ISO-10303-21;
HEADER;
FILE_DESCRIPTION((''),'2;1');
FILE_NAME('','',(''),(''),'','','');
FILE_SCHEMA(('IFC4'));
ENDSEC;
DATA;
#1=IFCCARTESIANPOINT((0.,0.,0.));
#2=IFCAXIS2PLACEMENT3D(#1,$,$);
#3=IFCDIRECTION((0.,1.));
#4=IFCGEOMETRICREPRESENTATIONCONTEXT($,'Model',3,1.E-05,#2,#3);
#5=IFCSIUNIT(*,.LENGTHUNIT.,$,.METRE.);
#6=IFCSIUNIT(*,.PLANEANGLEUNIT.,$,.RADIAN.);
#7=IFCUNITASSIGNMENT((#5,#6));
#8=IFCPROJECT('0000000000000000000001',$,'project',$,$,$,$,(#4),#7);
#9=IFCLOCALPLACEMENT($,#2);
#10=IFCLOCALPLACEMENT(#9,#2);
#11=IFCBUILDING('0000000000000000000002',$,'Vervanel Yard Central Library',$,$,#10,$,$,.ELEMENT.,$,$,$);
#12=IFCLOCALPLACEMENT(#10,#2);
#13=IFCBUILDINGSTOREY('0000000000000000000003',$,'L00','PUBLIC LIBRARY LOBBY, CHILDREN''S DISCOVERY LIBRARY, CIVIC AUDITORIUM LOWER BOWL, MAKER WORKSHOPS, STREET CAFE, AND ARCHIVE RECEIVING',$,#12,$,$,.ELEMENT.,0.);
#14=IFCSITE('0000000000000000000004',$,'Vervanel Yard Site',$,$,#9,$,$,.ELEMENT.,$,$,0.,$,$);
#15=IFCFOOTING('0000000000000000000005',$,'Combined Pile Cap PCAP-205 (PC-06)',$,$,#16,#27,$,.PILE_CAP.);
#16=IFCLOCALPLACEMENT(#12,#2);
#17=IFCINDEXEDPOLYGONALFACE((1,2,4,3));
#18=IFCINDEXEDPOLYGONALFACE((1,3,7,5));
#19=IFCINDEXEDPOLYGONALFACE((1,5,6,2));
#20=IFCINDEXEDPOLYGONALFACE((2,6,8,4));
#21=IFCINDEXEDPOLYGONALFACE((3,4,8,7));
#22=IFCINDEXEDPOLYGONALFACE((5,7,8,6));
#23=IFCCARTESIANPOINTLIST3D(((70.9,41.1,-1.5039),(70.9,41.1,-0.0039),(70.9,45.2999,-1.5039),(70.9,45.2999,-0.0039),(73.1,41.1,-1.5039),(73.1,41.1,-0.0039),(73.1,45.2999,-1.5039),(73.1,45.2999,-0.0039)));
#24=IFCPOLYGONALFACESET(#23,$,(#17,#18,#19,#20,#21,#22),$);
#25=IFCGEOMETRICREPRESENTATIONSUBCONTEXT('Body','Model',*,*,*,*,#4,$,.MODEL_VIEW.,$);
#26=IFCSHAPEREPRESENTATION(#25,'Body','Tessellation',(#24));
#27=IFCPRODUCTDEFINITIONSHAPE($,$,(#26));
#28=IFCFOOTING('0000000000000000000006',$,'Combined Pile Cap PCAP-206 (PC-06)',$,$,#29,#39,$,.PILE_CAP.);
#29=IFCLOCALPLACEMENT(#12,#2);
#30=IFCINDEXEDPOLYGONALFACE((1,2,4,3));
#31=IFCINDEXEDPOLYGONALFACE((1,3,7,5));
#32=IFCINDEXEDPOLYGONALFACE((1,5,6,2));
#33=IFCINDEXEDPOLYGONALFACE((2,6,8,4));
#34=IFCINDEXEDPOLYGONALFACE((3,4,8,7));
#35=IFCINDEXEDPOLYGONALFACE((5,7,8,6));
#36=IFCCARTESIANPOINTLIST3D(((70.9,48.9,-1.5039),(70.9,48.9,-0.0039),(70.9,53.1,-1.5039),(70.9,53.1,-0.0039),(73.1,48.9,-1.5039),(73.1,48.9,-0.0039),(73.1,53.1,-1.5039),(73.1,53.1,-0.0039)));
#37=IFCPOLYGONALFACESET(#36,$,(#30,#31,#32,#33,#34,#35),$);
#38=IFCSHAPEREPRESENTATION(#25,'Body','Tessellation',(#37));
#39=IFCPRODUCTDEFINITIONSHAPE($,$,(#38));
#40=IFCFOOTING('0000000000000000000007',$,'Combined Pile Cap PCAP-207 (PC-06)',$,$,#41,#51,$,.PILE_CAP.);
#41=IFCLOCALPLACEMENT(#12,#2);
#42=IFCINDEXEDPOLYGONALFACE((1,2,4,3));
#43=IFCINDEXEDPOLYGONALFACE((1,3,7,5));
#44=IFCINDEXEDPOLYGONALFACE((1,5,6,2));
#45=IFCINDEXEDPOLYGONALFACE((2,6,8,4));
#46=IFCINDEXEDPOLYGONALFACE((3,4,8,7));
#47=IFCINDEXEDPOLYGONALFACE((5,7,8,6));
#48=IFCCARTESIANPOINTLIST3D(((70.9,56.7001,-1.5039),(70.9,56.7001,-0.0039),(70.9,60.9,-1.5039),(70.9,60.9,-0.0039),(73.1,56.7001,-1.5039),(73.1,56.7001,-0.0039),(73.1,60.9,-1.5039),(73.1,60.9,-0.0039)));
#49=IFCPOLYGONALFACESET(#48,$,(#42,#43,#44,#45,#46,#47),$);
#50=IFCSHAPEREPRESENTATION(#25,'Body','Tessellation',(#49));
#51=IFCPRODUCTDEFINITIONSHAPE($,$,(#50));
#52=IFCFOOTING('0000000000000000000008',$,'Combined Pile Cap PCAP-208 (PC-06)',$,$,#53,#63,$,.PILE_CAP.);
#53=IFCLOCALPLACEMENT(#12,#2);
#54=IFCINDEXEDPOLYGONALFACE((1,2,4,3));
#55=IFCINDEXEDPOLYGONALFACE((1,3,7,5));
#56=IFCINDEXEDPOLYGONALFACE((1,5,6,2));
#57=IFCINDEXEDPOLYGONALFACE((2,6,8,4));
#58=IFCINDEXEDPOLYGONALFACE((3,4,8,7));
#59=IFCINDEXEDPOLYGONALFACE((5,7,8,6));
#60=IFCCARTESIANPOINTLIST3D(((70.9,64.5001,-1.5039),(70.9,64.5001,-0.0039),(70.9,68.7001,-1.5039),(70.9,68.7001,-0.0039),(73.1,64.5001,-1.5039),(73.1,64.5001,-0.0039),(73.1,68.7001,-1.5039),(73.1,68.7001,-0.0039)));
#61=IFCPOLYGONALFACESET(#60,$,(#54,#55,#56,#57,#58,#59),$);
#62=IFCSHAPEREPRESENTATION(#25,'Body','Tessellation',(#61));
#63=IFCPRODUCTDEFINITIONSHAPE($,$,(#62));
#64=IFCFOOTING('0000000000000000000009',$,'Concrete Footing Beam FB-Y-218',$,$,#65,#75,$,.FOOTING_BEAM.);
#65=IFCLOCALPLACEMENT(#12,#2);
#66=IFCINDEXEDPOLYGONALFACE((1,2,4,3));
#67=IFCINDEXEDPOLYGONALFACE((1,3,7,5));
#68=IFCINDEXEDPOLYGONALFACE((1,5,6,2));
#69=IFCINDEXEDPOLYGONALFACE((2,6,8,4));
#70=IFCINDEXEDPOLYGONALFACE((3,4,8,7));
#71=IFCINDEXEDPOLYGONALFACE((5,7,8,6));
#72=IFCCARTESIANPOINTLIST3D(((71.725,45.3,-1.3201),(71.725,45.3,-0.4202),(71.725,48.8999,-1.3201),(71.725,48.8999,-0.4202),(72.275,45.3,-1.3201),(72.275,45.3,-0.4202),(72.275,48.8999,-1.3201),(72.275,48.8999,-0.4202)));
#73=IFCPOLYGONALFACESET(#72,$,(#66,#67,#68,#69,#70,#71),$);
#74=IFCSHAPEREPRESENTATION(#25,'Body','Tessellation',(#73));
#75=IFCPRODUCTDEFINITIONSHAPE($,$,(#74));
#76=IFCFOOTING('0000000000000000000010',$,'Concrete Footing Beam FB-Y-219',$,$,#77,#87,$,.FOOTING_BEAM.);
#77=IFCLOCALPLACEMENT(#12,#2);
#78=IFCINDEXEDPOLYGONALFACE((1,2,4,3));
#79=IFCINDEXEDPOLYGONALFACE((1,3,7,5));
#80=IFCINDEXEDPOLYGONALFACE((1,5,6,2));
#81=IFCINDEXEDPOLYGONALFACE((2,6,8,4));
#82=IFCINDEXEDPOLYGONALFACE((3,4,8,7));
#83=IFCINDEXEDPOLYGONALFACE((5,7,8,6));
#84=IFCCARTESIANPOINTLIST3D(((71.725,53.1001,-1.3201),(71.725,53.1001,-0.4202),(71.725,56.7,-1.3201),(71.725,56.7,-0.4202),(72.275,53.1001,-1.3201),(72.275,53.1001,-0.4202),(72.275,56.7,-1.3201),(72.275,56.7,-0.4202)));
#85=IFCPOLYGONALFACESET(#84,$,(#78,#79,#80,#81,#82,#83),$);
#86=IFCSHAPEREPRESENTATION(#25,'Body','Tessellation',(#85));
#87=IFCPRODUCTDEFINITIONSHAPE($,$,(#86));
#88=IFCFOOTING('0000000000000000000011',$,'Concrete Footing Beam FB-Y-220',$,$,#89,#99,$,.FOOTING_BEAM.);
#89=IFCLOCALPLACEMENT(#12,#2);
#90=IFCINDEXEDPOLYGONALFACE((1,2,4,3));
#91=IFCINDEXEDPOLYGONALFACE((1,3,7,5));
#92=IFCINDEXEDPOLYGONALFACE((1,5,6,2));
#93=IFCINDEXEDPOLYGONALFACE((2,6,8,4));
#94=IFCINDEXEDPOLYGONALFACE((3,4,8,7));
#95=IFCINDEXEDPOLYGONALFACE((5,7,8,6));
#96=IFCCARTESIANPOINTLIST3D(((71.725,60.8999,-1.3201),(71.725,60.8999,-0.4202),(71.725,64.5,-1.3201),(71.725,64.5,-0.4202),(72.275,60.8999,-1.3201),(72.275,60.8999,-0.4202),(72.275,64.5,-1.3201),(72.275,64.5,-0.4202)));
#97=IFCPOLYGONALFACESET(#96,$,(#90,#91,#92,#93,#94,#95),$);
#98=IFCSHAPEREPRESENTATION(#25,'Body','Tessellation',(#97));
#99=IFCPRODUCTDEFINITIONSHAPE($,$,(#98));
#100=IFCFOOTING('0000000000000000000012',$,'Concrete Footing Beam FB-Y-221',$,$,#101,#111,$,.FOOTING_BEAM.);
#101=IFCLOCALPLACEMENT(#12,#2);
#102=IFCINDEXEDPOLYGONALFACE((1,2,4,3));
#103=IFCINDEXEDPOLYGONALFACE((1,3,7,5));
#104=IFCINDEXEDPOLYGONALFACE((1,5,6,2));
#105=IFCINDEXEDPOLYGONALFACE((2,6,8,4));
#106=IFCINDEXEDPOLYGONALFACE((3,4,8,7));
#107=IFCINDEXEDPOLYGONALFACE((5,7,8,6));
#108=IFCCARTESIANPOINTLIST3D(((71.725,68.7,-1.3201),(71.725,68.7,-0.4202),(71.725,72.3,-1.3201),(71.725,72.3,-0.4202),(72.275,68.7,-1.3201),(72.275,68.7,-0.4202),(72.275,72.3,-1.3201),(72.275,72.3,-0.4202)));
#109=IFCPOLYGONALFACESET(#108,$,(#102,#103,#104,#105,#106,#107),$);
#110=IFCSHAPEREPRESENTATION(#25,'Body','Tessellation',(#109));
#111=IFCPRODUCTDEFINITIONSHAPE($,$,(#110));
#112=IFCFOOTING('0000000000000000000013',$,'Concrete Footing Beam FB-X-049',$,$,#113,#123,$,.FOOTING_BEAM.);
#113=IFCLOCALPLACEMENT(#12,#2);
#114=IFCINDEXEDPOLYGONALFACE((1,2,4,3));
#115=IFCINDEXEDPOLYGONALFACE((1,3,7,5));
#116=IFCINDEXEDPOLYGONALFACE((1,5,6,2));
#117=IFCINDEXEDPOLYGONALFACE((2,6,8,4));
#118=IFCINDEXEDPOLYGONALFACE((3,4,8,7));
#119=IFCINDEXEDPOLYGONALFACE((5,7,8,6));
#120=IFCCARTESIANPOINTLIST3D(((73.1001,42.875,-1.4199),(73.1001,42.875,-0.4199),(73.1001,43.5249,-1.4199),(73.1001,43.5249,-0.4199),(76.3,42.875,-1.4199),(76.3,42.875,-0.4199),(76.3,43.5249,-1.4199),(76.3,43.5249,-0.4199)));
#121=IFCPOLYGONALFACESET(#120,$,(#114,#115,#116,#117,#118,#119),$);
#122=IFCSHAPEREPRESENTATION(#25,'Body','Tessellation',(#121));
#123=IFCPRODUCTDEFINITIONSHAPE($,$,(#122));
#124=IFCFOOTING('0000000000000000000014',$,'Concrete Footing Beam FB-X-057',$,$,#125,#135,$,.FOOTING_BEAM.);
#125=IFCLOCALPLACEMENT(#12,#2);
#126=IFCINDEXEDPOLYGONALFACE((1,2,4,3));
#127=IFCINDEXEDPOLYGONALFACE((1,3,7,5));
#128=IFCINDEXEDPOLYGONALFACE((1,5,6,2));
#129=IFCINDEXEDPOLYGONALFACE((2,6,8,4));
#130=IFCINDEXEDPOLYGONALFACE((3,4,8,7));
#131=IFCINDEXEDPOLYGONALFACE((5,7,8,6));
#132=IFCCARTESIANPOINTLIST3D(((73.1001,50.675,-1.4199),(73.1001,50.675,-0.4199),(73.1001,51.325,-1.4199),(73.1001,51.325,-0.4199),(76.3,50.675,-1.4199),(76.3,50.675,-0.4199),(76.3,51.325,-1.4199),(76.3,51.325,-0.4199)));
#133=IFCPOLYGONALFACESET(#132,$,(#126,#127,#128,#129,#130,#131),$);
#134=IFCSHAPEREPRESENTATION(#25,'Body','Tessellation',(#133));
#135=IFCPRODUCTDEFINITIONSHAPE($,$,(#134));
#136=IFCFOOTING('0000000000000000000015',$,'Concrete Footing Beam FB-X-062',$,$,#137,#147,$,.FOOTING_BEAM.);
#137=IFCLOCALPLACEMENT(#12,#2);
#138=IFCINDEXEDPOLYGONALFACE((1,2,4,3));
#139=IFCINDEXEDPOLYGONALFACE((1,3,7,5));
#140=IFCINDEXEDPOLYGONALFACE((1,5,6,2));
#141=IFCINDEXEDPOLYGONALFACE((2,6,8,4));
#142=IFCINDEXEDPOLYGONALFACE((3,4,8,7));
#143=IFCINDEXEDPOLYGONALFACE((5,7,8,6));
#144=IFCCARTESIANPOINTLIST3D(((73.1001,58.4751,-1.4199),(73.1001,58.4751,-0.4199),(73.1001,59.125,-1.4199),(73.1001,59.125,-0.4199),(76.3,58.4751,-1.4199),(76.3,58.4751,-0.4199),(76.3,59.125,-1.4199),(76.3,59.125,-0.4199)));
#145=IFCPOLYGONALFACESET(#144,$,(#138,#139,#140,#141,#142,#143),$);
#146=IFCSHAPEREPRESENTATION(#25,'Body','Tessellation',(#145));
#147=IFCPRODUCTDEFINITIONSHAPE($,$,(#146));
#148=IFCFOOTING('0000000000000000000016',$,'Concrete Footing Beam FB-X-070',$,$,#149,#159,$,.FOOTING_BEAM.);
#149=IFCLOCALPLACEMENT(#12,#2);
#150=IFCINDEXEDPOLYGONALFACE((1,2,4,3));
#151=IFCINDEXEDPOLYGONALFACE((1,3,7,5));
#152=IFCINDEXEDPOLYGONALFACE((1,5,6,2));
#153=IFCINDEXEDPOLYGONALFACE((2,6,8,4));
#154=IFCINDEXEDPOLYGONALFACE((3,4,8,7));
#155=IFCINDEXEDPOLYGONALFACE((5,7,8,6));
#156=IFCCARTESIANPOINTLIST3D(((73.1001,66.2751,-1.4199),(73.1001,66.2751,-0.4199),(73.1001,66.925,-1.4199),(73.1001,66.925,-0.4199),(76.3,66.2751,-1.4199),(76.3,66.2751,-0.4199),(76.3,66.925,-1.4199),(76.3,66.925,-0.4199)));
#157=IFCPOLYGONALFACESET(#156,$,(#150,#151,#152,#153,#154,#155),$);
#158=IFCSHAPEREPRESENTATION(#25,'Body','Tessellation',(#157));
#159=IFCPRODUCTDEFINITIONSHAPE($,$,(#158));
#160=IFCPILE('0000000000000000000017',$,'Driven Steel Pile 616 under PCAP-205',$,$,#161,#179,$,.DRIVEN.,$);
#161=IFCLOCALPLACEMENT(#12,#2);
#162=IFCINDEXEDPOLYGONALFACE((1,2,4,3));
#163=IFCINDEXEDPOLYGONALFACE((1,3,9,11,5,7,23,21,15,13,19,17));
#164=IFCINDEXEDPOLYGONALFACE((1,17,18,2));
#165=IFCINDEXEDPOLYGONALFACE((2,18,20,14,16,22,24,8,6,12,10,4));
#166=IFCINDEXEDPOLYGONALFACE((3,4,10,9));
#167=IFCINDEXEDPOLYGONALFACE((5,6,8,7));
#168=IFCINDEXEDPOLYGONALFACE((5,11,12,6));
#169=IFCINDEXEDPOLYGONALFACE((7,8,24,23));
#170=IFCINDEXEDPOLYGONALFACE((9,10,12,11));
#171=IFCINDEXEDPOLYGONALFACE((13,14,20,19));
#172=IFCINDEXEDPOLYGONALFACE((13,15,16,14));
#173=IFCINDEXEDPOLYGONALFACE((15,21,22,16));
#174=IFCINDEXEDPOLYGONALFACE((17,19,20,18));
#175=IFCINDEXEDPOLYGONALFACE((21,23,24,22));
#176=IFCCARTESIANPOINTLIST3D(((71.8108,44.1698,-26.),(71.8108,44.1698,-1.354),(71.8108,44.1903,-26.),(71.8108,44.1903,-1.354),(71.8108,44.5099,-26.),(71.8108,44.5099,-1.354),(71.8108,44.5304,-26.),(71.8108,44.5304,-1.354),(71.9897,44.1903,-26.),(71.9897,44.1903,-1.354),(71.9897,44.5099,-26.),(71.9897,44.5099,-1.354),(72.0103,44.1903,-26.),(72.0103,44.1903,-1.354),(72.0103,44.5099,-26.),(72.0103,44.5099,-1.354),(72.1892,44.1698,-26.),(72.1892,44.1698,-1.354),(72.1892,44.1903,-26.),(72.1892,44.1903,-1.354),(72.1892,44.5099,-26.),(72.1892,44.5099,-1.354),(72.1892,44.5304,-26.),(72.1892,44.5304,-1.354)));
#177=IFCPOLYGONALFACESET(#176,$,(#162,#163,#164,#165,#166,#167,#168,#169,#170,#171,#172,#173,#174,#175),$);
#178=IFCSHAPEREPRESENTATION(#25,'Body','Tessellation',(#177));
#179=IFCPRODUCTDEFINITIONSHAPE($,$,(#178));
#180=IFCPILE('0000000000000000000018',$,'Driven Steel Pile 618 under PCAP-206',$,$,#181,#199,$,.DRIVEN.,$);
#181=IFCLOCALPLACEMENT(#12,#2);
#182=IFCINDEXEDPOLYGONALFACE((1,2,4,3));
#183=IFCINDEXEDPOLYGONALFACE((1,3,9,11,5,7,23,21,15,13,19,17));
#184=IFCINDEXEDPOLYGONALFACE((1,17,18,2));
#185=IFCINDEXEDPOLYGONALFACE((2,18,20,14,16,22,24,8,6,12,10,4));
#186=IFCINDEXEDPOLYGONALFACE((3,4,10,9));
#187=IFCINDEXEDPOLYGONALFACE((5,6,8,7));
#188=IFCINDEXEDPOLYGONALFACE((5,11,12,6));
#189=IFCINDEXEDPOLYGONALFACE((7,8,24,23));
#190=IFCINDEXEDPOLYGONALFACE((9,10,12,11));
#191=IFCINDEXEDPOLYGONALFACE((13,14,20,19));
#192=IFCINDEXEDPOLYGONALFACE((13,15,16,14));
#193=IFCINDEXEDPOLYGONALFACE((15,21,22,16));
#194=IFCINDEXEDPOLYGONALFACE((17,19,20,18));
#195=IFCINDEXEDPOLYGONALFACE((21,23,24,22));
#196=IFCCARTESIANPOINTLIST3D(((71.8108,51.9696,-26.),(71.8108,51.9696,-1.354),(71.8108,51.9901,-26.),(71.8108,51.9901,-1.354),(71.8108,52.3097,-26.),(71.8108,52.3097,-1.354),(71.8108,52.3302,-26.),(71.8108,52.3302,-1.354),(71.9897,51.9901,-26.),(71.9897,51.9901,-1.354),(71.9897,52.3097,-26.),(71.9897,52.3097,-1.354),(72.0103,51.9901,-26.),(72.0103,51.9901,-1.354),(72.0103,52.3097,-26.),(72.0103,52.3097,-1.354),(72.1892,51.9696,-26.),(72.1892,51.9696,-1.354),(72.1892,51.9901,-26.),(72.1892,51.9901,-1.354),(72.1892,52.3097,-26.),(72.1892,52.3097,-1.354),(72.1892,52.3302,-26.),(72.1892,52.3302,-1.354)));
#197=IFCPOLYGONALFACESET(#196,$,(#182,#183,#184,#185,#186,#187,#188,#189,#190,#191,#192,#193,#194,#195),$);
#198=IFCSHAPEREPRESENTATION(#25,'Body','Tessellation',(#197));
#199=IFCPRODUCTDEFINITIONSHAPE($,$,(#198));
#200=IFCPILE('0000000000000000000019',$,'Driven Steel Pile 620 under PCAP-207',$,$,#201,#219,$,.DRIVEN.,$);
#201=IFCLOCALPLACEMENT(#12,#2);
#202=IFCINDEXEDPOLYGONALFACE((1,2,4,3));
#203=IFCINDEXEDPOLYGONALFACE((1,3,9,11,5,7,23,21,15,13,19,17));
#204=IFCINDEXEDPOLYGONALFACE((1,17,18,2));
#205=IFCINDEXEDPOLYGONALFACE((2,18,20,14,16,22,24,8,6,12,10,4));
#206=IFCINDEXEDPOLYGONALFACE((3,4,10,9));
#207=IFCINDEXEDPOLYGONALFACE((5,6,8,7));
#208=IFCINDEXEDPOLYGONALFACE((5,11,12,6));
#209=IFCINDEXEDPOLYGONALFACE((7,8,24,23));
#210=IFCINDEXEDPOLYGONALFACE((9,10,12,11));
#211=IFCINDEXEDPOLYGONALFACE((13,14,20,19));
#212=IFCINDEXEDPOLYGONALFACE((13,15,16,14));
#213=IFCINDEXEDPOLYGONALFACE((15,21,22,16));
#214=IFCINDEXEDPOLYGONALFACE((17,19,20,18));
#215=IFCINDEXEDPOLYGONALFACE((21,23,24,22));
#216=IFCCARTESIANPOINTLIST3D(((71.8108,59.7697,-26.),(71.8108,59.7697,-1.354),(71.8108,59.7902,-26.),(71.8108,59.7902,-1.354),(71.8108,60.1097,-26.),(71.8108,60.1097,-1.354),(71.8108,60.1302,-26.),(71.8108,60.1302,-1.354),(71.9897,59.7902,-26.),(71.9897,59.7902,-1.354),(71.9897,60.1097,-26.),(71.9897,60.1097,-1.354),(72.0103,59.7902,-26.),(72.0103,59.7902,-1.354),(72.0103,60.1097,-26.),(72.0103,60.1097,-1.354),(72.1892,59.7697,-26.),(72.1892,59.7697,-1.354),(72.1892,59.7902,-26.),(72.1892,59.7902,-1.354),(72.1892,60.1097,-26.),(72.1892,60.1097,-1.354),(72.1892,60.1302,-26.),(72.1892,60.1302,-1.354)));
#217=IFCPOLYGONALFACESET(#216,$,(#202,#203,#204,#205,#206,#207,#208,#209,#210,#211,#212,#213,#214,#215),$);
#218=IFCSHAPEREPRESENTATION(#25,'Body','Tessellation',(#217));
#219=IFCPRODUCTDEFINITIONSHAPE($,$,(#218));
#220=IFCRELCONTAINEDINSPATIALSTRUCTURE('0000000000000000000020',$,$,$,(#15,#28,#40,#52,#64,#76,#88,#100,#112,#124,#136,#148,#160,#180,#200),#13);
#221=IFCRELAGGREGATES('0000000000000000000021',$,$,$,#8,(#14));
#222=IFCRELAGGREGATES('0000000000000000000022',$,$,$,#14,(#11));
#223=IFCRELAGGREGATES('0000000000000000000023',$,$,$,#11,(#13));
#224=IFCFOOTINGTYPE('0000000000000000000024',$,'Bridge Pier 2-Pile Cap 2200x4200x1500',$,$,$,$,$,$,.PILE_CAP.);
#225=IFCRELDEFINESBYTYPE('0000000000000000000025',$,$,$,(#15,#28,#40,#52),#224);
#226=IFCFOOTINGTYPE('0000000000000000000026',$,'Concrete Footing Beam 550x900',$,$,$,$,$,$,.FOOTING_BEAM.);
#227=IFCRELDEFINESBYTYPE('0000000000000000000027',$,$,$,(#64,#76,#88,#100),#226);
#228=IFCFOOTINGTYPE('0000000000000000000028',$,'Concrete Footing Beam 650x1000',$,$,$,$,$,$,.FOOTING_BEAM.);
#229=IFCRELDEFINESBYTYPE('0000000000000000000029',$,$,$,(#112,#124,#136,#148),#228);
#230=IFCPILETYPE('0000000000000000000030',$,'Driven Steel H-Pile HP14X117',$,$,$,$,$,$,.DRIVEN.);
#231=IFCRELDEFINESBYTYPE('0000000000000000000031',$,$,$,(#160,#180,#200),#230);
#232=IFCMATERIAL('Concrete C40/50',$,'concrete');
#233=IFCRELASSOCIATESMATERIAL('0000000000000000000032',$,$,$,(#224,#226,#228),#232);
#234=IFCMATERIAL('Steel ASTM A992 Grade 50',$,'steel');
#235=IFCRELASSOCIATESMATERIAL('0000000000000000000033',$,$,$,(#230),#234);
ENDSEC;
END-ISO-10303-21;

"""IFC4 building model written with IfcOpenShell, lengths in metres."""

from ifc_helpers import new_model, si_unit, direction, frame, origin, origin_2d, place, context, subcontext, project, spatial, rectangle, i_section, extrude, material, material_profile, profile_set, type_object, element, save


model = new_model("IFC4")

# Units and contexts
model_context = context("Model", 3, precision=1e-05, world=origin(), true_north=direction((0.0, 1.0)))
body_context = subcontext(model_context, "Body", "Model", "MODEL_VIEW")
ifc_project = project(units=[si_unit("LENGTHUNIT", "METRE"), si_unit("PLANEANGLEUNIT", "RADIAN")], contexts=[model_context])

# Site, building, storey
site_placement = place(None, origin())
site = spatial("IfcSite", under=ifc_project, at=site_placement, Name="Vervanel Yard Site", CompositionType="ELEMENT", RefElevation=0.0)
building_placement = place(site_placement, origin())
building = spatial("IfcBuilding", under=site, at=building_placement, Name="Vervanel Yard Central Library", CompositionType="ELEMENT")
storey_placement = place(building_placement, origin())
storey = spatial("IfcBuildingStorey", under=building, at=storey_placement, Name="L00", Description="PUBLIC LIBRARY LOBBY, CHILDREN'S DISCOVERY LIBRARY, CIVIC AUDITORIUM LOWER BOWL, MAKER WORKSHOPS, STREET CAFE, AND ARCHIVE RECEIVING", CompositionType="ELEMENT", Elevation=0.0)

# Footings
ifc_material_1 = material(Name="Concrete C40/50", Category="concrete")
footing_type_1 = type_object("IfcFootingType", Name="Bridge Pier 2-Pile Cap 2200x4200x1500", PredefinedType="PILE_CAP", material=ifc_material_1)
for number, where, z_axis, x_axis, name in (
    (1, (72.0, 43.2, -1.5039), (0.0, 0.0, 1.0), (1.0, 0.0, 0.0), "Combined Pile Cap PCAP-205 (PC-06)"),
    (2, (72.0, 51.0, -1.5039), (0.0, 0.0, 1.0), (1.0, 0.0, 0.0), "Combined Pile Cap PCAP-206 (PC-06)"),
    (3, (72.0, 58.8, -1.5039), (0.0, 0.0, 1.0), (1.0, 0.0, 0.0), "Combined Pile Cap PCAP-207 (PC-06)"),
    (4, (72.0, 66.6001, -1.5039), (0.0, 0.0, 1.0), (1.0, 0.0, 0.0), "Combined Pile Cap PCAP-208 (PC-06)"),
):
    element("IfcFooting", number, at=place(storey_placement, frame(where, z_axis=z_axis, x_axis=x_axis)), inside=storey, type_object=footing_type_1, Name=name, PredefinedType="PILE_CAP", context=body_context, shape_type="SweptSolid", body=[
        extrude(rectangle(XDim=2.2, YDim=4.2, at=origin_2d()), origin(), (0.0, 0.0, 1.0), 1.5),
    ])
ifc_material_profile_1 = material_profile(ifc_material_1, rectangle(XDim=0.55, YDim=0.8999, at=origin_2d()), Name="RC 550x900", Category="concrete")
ifc_profile_set_1 = profile_set([ifc_material_profile_1], Name="Concrete C40/50")
footing_type_2 = type_object("IfcFootingType", Name="Concrete Footing Beam 550x900", PredefinedType="FOOTING_BEAM", material=ifc_profile_set_1)
for number, where, z_axis, x_axis, name in (
    (5, (72.0, 45.3, -0.8701), (0.0, 1.0, 0.0), (-1.0, 0.0, 0.0), "Concrete Footing Beam FB-Y-218"),
    (6, (72.0, 53.1001, -0.8701), (0.0, 1.0, 0.0), (-1.0, 0.0, 0.0), "Concrete Footing Beam FB-Y-219"),
):
    element("IfcFooting", number, at=place(storey_placement, frame(where, z_axis=z_axis, x_axis=x_axis)), inside=storey, type_object=footing_type_2, Name=name, PredefinedType="FOOTING_BEAM", context=body_context, shape_type="SweptSolid", body=[
        extrude(rectangle(XDim=0.55, YDim=0.8999, at=origin_2d()), origin(), (0.0, 0.0, 1.0), 3.5999),
    ])
for number, where, z_axis, x_axis, name in (
    (7, (72.0, 60.8999, -0.8701), (0.0, 1.0, 0.0), (-1.0, 0.0, 0.0), "Concrete Footing Beam FB-Y-220"),
    (8, (72.0, 68.7, -0.8701), (0.0, 1.0, 0.0), (-1.0, 0.0, 0.0), "Concrete Footing Beam FB-Y-221"),
):
    element("IfcFooting", number, at=place(storey_placement, frame(where, z_axis=z_axis, x_axis=x_axis)), inside=storey, type_object=footing_type_2, Name=name, PredefinedType="FOOTING_BEAM", context=body_context, shape_type="SweptSolid", body=[
        extrude(rectangle(XDim=0.55, YDim=0.8999, at=origin_2d()), origin(), (0.0, 0.0, 1.0), 3.6001),
    ])
ifc_material_profile_2 = material_profile(ifc_material_1, rectangle(XDim=0.6499, YDim=1.0, at=origin_2d()), Name="RC 650x1000", Category="concrete")
ifc_profile_set_2 = profile_set([ifc_material_profile_2], Name="Concrete C40/50")
footing_type_3 = type_object("IfcFootingType", Name="Concrete Footing Beam 650x1000", PredefinedType="FOOTING_BEAM", material=ifc_profile_set_2)
for number, where, z_axis, x_axis, name in (
    (9, (73.1001, 43.2, -0.9199), (1.0, 0.0, 0.0), (0.0, 1.0, 0.0), "Concrete Footing Beam FB-X-049"),
    (10, (73.1001, 51.0, -0.9199), (1.0, 0.0, 0.0), (0.0, 1.0, 0.0), "Concrete Footing Beam FB-X-057"),
    (11, (73.1001, 58.8, -0.9199), (1.0, 0.0, 0.0), (0.0, 1.0, 0.0), "Concrete Footing Beam FB-X-062"),
    (12, (73.1001, 66.6001, -0.9199), (1.0, 0.0, 0.0), (0.0, 1.0, 0.0), "Concrete Footing Beam FB-X-070"),
):
    element("IfcFooting", number, at=place(storey_placement, frame(where, z_axis=z_axis, x_axis=x_axis)), inside=storey, type_object=footing_type_3, Name=name, PredefinedType="FOOTING_BEAM", context=body_context, shape_type="SweptSolid", body=[
        extrude(rectangle(XDim=0.6499, YDim=1.0, at=origin_2d()), origin(), (0.0, 0.0, 1.0), 3.2),
    ])

# Piles
ifc_material_2 = material(Name="Steel ASTM A992 Grade 50", Category="steel")
ifc_material_profile_3 = material_profile(ifc_material_2, i_section(OverallWidth=0.3784, OverallDepth=0.3606, WebThickness=0.0205, FlangeThickness=0.0205, at=origin_2d()), Name="HP14X117", Category="steel")
ifc_profile_set_3 = profile_set([ifc_material_profile_3], Name="Steel ASTM A992 Grade 50")
pile_type_1 = type_object("IfcPileType", Name="Driven Steel H-Pile HP14X117", PredefinedType="DRIVEN", material=ifc_profile_set_3)
for number, where, z_axis, x_axis, name in (
    (13, (72.0, 44.3501, -26.0), (0.0, 0.0, 1.0), (1.0, 0.0, 0.0), "Driven Steel Pile 616 under PCAP-205"),
    (14, (72.0, 52.1499, -26.0), (0.0, 0.0, 1.0), (1.0, 0.0, 0.0), "Driven Steel Pile 618 under PCAP-206"),
    (15, (72.0, 59.95, -26.0), (0.0, 0.0, 1.0), (1.0, 0.0, 0.0), "Driven Steel Pile 620 under PCAP-207"),
):
    element("IfcPile", number, at=place(storey_placement, frame(where, z_axis=z_axis, x_axis=x_axis)), inside=storey, type_object=pile_type_1, Name=name, PredefinedType="DRIVEN", context=body_context, shape_type="SweptSolid", body=[
        extrude(i_section(OverallWidth=0.3784, OverallDepth=0.3606, WebThickness=0.0205, FlangeThickness=0.0205, at=origin_2d()), origin(), (0.0, 0.0, 1.0), 24.646),
    ])

save(model, "model.ifc")
